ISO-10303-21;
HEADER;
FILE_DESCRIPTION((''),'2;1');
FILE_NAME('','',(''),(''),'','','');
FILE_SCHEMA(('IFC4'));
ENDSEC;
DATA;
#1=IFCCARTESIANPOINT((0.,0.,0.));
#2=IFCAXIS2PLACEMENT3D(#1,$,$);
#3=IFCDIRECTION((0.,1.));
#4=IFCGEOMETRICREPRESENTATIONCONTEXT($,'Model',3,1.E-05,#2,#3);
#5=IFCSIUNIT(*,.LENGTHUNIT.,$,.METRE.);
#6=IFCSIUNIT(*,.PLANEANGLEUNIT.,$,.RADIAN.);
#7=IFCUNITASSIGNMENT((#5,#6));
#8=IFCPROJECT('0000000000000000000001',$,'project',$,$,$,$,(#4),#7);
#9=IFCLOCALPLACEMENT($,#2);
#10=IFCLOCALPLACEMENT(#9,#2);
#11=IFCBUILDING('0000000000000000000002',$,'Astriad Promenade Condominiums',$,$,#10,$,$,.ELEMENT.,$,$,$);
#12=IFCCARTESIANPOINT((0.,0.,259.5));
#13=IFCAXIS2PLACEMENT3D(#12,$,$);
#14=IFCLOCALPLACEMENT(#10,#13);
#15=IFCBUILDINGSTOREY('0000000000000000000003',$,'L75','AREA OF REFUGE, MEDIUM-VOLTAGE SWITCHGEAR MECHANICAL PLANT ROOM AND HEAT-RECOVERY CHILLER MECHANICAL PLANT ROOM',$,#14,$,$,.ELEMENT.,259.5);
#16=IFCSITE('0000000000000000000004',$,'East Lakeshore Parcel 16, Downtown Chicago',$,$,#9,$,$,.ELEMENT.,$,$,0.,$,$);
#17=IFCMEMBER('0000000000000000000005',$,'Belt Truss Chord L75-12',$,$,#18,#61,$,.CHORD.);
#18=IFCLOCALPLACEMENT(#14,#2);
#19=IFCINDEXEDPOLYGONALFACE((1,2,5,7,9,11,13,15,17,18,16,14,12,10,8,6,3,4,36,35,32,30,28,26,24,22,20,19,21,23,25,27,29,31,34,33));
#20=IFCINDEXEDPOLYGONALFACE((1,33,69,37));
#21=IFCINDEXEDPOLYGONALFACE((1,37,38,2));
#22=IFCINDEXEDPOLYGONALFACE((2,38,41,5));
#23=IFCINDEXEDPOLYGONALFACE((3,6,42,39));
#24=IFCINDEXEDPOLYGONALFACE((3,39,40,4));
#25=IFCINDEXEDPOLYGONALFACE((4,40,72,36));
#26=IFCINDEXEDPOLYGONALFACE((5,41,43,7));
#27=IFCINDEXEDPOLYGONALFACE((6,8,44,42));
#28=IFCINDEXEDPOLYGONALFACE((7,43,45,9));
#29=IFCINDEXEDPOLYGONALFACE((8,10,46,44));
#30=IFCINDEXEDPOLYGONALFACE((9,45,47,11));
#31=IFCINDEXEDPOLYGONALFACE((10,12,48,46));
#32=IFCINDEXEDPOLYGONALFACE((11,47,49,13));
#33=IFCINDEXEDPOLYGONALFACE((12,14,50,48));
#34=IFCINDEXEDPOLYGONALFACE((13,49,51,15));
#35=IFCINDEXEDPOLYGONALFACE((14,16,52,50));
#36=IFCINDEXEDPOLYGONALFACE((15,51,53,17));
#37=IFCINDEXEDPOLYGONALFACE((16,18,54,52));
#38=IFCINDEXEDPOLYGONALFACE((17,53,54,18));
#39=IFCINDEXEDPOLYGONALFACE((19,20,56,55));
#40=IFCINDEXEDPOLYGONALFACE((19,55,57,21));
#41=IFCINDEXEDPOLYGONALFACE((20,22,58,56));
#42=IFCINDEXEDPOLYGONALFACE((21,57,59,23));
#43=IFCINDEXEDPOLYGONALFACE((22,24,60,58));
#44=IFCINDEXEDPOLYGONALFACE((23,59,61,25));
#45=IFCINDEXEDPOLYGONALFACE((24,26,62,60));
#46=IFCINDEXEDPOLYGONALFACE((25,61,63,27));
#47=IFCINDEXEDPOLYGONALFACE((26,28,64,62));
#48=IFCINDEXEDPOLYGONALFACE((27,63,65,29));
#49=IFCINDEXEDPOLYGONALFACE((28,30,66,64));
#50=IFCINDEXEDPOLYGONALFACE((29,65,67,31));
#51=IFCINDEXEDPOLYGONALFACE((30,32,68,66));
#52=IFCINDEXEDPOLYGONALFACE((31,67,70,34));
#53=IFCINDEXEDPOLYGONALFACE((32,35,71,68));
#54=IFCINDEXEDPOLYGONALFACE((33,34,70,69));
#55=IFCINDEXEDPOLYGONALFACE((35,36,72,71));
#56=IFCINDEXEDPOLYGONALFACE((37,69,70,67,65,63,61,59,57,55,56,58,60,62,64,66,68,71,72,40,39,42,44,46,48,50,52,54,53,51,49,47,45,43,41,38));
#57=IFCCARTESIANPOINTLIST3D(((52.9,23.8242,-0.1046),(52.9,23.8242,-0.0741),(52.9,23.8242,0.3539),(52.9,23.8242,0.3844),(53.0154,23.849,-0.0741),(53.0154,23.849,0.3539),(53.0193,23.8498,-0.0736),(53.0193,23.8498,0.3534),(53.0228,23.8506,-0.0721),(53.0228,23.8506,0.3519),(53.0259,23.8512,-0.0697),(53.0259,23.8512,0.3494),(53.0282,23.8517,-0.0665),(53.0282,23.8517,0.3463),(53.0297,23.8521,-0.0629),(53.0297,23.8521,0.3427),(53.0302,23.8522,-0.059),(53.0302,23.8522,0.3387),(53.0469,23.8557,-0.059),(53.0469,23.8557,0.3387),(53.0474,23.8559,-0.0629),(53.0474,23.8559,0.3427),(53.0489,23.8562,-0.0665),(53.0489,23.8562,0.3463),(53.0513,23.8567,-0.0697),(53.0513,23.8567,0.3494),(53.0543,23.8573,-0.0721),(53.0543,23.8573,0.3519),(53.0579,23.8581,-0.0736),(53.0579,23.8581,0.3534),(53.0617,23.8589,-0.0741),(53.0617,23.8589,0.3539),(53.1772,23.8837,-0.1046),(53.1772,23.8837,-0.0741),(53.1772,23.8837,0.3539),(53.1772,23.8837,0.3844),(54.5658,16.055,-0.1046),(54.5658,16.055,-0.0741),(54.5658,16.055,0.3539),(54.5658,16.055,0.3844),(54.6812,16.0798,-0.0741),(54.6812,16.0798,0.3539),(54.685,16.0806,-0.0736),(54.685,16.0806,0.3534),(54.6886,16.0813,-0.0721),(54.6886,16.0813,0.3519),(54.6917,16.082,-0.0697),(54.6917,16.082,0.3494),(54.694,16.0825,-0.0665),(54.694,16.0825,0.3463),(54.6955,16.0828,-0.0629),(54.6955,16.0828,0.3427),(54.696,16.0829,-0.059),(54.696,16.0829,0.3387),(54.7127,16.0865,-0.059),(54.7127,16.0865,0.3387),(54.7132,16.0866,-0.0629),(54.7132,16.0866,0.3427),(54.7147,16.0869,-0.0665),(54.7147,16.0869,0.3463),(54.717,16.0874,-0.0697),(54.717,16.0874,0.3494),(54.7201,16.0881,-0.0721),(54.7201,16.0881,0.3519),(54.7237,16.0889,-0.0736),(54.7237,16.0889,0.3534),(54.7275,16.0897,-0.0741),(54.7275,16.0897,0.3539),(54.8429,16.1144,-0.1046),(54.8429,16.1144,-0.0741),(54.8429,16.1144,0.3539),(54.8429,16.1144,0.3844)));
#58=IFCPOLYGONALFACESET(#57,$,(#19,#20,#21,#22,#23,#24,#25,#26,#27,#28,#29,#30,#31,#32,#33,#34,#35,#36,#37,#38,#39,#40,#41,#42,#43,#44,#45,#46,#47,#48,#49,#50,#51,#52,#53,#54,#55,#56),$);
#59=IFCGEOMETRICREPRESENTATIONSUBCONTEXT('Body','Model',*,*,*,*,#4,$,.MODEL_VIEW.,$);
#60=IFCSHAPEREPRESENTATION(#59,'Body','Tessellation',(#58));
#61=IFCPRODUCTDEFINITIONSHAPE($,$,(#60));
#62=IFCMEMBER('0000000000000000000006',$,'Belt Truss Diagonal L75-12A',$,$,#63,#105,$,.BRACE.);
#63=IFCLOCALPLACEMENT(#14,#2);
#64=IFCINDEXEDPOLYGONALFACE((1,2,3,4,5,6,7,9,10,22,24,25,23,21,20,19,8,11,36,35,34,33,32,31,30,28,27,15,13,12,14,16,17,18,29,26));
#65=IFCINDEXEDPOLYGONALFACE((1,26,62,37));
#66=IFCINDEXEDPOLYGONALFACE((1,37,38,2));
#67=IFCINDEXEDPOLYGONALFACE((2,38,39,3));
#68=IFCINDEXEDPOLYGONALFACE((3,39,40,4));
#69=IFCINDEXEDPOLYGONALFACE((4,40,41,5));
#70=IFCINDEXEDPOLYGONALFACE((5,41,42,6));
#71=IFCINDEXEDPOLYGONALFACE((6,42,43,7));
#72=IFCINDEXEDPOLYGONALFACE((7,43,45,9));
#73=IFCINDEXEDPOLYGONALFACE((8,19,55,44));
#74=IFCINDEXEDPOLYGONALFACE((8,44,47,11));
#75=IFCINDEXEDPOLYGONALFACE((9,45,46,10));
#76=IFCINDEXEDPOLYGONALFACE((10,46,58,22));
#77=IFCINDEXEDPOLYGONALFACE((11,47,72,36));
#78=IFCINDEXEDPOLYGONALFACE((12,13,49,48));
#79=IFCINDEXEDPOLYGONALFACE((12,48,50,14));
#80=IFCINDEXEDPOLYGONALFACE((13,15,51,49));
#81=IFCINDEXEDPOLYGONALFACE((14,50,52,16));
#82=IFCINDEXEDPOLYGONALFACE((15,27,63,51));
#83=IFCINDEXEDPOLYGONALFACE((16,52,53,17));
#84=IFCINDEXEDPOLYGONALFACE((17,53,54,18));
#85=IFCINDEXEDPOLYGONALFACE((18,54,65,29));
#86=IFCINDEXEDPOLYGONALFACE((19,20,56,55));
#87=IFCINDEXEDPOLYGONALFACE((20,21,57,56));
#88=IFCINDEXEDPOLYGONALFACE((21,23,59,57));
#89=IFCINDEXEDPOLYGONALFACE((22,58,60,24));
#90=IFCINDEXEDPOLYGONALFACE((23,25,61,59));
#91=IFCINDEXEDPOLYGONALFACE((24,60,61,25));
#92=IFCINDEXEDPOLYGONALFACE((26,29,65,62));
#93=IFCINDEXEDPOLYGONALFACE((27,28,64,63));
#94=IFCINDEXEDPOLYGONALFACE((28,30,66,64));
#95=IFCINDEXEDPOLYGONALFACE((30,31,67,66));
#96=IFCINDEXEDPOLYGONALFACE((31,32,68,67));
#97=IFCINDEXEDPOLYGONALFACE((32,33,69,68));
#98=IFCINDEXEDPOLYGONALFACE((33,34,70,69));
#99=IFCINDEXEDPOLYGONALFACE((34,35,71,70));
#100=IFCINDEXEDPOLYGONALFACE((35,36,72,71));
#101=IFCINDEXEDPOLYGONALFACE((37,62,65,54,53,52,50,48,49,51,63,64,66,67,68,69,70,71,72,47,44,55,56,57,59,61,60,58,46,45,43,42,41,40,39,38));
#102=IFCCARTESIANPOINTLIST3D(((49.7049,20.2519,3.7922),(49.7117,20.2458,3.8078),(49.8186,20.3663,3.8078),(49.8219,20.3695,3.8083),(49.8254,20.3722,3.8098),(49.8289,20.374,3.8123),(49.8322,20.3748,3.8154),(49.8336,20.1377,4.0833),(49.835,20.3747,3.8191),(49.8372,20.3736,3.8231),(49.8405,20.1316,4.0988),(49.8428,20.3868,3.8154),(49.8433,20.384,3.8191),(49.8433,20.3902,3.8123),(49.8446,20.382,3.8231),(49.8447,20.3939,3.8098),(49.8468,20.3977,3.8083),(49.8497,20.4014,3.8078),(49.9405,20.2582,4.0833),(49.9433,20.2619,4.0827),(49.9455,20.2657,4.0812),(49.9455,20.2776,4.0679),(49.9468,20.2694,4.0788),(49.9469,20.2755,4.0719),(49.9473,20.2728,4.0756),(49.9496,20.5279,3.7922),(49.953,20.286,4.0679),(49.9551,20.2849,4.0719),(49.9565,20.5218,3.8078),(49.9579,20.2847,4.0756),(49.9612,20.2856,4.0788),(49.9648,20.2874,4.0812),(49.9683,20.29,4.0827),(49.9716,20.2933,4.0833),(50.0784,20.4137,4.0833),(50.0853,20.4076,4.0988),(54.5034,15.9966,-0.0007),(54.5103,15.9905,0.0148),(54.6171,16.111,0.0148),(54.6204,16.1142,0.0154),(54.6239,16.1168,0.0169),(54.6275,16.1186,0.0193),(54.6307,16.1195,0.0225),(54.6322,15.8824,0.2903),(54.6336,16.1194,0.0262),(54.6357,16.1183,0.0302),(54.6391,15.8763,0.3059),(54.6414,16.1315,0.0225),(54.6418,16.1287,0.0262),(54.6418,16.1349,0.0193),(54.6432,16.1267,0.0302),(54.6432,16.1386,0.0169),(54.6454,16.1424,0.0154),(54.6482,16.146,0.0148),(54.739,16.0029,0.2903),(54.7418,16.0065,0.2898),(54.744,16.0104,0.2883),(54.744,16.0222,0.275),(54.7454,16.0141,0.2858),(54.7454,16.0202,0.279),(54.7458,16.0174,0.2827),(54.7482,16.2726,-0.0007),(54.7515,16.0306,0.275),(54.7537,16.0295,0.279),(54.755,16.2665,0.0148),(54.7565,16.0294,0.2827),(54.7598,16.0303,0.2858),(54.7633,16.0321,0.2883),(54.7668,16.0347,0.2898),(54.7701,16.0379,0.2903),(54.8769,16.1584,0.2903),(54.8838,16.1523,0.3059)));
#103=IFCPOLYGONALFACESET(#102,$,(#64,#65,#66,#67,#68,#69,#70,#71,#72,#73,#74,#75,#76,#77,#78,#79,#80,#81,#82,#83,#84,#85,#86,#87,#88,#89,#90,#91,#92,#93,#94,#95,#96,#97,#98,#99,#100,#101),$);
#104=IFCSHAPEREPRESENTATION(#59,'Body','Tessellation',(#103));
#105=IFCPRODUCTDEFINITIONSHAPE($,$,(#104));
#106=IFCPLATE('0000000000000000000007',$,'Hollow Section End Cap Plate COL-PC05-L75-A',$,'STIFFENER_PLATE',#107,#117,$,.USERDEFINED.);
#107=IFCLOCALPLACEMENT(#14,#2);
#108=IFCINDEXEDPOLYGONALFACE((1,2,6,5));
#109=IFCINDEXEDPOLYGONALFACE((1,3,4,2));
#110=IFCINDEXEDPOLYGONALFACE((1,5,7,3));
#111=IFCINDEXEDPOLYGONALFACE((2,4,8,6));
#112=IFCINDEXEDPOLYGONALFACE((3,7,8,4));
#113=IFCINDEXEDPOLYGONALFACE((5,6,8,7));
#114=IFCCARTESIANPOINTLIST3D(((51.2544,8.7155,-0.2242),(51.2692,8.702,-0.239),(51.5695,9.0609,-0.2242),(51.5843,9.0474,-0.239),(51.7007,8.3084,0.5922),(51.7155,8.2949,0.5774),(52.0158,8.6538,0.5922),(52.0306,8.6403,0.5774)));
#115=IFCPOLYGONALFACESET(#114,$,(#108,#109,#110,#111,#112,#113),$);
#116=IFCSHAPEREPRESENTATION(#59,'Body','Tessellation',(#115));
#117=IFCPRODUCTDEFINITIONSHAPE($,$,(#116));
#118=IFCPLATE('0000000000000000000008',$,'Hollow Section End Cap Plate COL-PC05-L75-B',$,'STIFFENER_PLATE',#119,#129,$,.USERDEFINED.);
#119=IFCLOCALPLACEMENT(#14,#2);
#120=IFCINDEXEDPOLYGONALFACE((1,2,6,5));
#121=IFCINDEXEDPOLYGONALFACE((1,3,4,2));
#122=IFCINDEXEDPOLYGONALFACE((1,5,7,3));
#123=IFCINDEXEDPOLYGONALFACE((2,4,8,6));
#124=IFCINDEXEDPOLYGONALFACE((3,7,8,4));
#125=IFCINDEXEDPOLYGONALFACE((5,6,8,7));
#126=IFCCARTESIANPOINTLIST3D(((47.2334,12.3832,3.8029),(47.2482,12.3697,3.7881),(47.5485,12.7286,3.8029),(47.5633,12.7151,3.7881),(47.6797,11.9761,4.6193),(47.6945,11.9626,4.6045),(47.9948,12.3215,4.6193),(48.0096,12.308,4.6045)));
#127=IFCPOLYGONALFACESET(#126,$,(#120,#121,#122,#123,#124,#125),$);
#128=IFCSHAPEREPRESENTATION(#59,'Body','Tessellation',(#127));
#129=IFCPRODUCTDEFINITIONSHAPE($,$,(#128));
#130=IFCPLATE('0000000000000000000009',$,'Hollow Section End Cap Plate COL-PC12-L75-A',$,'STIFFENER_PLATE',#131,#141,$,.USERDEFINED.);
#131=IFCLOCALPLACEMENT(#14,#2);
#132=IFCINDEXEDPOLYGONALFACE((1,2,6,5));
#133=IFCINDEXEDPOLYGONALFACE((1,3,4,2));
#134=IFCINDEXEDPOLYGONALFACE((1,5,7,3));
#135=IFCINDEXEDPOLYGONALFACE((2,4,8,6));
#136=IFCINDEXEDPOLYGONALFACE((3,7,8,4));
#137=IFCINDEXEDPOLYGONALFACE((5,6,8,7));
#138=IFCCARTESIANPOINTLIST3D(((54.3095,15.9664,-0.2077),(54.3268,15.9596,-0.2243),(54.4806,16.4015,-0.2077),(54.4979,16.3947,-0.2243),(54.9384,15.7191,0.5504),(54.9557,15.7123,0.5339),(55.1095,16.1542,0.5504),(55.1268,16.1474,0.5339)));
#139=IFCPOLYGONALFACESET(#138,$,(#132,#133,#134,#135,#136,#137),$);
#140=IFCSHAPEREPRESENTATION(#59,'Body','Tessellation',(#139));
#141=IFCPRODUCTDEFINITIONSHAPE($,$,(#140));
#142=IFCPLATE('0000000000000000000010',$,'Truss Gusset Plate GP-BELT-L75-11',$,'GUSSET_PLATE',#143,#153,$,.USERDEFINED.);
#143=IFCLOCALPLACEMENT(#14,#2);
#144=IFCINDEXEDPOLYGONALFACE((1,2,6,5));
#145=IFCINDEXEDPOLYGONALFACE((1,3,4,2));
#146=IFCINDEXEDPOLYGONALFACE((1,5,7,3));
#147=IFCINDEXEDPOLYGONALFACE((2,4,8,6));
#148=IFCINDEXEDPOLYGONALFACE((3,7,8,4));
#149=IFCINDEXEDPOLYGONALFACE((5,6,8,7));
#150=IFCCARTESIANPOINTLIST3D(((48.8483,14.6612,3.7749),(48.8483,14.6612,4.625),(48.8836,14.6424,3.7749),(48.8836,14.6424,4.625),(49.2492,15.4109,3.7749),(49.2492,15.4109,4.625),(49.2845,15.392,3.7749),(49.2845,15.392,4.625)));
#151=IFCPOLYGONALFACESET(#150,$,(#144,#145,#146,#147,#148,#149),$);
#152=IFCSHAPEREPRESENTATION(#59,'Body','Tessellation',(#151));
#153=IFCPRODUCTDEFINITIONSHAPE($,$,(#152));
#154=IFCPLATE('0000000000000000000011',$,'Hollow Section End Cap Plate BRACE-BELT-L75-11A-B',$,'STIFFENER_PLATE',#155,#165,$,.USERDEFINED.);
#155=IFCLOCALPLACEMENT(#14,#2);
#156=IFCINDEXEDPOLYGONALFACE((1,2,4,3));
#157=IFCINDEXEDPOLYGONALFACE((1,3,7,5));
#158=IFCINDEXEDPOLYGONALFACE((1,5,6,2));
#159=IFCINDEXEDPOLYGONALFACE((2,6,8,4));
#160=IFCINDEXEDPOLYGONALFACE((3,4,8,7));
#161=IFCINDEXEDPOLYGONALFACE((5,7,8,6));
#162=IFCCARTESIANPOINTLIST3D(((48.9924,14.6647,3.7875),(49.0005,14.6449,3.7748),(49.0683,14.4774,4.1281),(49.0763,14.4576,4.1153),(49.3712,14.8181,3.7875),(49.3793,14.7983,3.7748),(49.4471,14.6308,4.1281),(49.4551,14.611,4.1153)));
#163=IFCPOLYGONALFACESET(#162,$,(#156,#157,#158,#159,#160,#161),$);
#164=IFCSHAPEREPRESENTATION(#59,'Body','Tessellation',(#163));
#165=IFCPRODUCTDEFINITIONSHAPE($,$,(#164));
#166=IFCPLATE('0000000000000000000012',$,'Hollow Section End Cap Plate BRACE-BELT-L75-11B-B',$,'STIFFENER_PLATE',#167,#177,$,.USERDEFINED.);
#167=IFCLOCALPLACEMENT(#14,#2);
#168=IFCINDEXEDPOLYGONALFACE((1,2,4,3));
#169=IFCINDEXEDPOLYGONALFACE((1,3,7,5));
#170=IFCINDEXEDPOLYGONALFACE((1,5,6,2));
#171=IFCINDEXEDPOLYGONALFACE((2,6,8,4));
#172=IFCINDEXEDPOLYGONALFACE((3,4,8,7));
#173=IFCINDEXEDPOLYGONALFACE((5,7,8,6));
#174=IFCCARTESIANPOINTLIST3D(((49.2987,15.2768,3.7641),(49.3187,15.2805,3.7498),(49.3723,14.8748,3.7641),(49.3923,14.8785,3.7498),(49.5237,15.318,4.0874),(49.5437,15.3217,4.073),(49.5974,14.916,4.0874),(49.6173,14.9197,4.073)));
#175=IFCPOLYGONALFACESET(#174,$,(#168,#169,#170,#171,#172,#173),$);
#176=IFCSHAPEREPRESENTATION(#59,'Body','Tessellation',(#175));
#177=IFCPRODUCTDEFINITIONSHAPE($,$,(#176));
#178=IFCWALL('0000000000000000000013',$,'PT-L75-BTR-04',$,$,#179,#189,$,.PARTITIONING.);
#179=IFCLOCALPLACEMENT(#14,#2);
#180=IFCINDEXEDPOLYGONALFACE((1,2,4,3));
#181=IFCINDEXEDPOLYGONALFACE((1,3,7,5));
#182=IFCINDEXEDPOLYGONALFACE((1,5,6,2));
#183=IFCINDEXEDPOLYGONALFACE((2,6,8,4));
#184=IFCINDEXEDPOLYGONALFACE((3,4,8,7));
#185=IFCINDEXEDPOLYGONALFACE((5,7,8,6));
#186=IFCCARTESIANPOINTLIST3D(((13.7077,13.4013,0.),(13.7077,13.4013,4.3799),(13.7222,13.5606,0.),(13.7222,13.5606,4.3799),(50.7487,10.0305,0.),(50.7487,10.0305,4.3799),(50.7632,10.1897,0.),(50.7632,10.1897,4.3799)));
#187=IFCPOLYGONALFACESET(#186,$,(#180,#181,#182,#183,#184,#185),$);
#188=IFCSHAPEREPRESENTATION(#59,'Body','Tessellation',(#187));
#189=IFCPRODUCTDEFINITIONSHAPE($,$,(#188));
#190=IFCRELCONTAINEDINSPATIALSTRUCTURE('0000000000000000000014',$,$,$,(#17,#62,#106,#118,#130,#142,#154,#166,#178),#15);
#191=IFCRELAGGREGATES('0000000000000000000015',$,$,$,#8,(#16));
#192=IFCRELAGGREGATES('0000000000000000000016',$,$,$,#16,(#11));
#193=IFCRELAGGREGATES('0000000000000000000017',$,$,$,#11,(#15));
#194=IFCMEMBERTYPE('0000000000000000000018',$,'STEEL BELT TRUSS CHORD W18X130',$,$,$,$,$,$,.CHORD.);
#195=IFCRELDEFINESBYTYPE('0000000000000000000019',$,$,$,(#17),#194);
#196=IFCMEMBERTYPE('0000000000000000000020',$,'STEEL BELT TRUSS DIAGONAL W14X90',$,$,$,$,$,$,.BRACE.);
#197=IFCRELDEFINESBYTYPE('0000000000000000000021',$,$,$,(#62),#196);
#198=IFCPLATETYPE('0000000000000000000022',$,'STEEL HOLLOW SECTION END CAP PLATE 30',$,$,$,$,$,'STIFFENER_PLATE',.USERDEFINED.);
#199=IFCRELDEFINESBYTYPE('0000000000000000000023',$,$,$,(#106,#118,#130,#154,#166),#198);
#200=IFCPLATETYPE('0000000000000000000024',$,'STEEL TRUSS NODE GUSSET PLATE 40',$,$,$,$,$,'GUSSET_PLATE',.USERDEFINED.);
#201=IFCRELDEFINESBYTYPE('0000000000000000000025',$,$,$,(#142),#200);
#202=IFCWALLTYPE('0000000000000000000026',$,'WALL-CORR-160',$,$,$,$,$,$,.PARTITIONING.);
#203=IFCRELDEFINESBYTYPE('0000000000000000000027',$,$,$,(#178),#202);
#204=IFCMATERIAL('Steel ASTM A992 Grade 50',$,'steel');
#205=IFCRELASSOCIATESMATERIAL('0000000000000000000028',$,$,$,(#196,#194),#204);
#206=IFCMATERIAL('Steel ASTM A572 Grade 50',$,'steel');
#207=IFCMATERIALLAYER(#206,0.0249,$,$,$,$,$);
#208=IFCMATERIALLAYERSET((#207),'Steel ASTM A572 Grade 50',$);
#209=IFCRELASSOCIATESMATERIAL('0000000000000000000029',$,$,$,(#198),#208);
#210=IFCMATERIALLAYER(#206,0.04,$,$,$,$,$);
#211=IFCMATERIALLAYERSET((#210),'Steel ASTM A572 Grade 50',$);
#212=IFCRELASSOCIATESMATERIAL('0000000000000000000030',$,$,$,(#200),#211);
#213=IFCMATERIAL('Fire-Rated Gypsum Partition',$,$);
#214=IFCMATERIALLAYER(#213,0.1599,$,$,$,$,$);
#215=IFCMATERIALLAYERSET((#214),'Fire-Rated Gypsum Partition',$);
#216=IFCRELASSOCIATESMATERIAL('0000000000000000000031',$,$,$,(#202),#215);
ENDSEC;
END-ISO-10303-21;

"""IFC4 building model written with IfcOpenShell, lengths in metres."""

from ifc_helpers import new_model, si_unit, direction, frame, frame_2d, origin, origin_2d, place, context, subcontext, project, spatial, rectangle, i_section, extrude, source, transform, mapped, material, layer, layer_set, material_profile, profile_set, type_object, type_shapes, element, save


model = new_model("IFC4")

# Units and contexts
model_context = context("Model", 3, precision=1e-05, world=origin(), true_north=direction((0.0, 1.0)))
body_context = subcontext(model_context, "Body", "Model", "MODEL_VIEW")
ifc_project = project(units=[si_unit("LENGTHUNIT", "METRE"), si_unit("PLANEANGLEUNIT", "RADIAN")], contexts=[model_context])

# Site, building, storey
site_placement = place(None, origin())
site = spatial("IfcSite", under=ifc_project, at=site_placement, Name="East Lakeshore Parcel 16, Downtown Chicago", CompositionType="ELEMENT", RefElevation=0.0)
building_placement = place(site_placement, origin())
building = spatial("IfcBuilding", under=site, at=building_placement, Name="Astriad Promenade Condominiums", CompositionType="ELEMENT")
storey_placement = place(building_placement, frame((0.0, 0.0, 259.5)))
storey = spatial("IfcBuildingStorey", under=building, at=storey_placement, Name="L75", Description="AREA OF REFUGE, MEDIUM-VOLTAGE SWITCHGEAR MECHANICAL PLANT ROOM AND HEAT-RECOVERY CHILLER MECHANICAL PLANT ROOM", CompositionType="ELEMENT", Elevation=259.5)

# Shared definitions
ifc_material_1 = material(Name="Steel ASTM A992 Grade 50", Category="steel")

# Members
ifc_material_profile_1 = material_profile(ifc_material_1, i_section(OverallWidth=0.3689, OverallDepth=0.3562, WebThickness=0.0112, FlangeThickness=0.0181, FilletRadius=0.0178, at=origin_2d()), Name="W14X90")
ifc_profile_set_1 = profile_set([ifc_material_profile_1], Name="Steel ASTM A992 Grade 50")
member_type_1 = type_object("IfcMemberType", Name="STEEL BELT TRUSS DIAGONAL W14X90", PredefinedType="BRACE", material=ifc_profile_set_1)
ifc_material_profile_2 = material_profile(ifc_material_1, i_section(OverallWidth=0.2834, OverallDepth=0.489, WebThickness=0.0171, FlangeThickness=0.0305, FilletRadius=0.0151, at=origin_2d()), Name="W18X130")
ifc_profile_set_2 = profile_set([ifc_material_profile_2], Name="Steel ASTM A992 Grade 50")
member_type_2 = type_object("IfcMemberType", Name="STEEL BELT TRUSS CHORD W18X130", PredefinedType="CHORD", material=ifc_profile_set_2)
shared_shape_1 = source(origin(), body_context, "Body", "SweptSolid", [
    extrude(i_section(OverallWidth=0.2834, OverallDepth=0.489, WebThickness=0.0171, FlangeThickness=0.0305, FilletRadius=0.0151, at=origin_2d()), origin(), (0.0, 0.0, 1.0), 7.9458),
])
member_1_placement = place(storey_placement, frame((54.7043, 16.0847, 0.1399), z_axis=(-0.20964, 0.977779, 0.0), x_axis=(-0.977779, -0.20964, 0.0)))
element("IfcMember", 1, at=member_1_placement, inside=storey, type_object=member_type_2, Name="Belt Truss Chord L75-12", PredefinedType="CHORD", context=body_context, shape_type="MappedRepresentation", body=[
    mapped(shared_shape_1, transform((0.0, 0.0, 0.0), scale=1.0)),
])
shared_shape_2 = source(origin(), body_context, "Body", "SweptSolid", [
    extrude(i_section(OverallWidth=0.3689, OverallDepth=0.3562, WebThickness=0.0112, FlangeThickness=0.0181, FilletRadius=0.0178, at=origin_2d()), origin(), (0.0, 0.0, 1.0), 7.4512),
])
member_2_placement = place(storey_placement, frame((54.6936, 16.0745, 0.1526), z_axis=(-0.643997, 0.571095, 0.509038), x_axis=(-0.663489, -0.748186, 0.0)))
element("IfcMember", 2, at=member_2_placement, inside=storey, type_object=member_type_1, Name="Belt Truss Diagonal L75-12A", PredefinedType="BRACE", context=body_context, shape_type="MappedRepresentation", body=[
    mapped(shared_shape_2, transform((0.0, 0.0, 0.0), scale=1.0)),
])

# Plates
ifc_material_2 = material(Name="Steel ASTM A572 Grade 50", Category="steel")
ifc_layer_1 = layer(ifc_material_2, 0.0249)
ifc_layer_set_1 = layer_set([ifc_layer_1], Name="Steel ASTM A572 Grade 50")
plate_type_1 = type_object("IfcPlateType", Name="STEEL HOLLOW SECTION END CAP PLATE 30", ElementType="STIFFENER_PLATE", PredefinedType="USERDEFINED", material=ifc_layer_set_1)
shared_shape_3 = source(origin(), body_context, "Body", "SweptSolid", [
    extrude(rectangle(XDim=0.4675, YDim=1.0156, at=origin_2d()), origin(), (0.0, 0.0, 1.0), 0.0249),
])
for number, where, z_axis, x_axis, name in (
    (3, (51.6499, 8.6711, 0.1692), (-0.593915, 0.541731, 0.594804), (-0.673904, -0.738819, 0.0), "Hollow Section End Cap Plate COL-PC05-L75-A"),
    (4, (47.6289, 12.3389, 4.1963), (-0.593915, 0.541731, 0.594804), (-0.673904, -0.738819, 0.0), "Hollow Section End Cap Plate COL-PC05-L75-B"),
    (5, (54.7268, 16.0535, 0.1548), (-0.694691, 0.273172, 0.665418), (-0.365952, -0.930634, 0.0), "Hollow Section End Cap Plate COL-PC12-L75-A"),
):
    element("IfcPlate", number, at=place(storey_placement, frame(where, z_axis=z_axis, x_axis=x_axis)), inside=storey, type_object=plate_type_1, Name=name, ObjectType="STIFFENER_PLATE", PredefinedType="USERDEFINED", context=body_context, shape_type="MappedRepresentation", body=[
        mapped(shared_shape_3, transform((0.0, 0.0, 0.0), scale=1.0)),
    ])
ifc_layer_2 = layer(ifc_material_2, 0.04)
ifc_layer_set_2 = layer_set([ifc_layer_2], Name="Steel ASTM A572 Grade 50")
plate_type_2 = type_object("IfcPlateType", Name="STEEL TRUSS NODE GUSSET PLATE 40", ElementType="GUSSET_PLATE", PredefinedType="USERDEFINED", material=ifc_layer_set_2)
shared_shape_4 = source(origin(), body_context, "Body", "SweptSolid", [
    extrude(rectangle(XDim=0.8501, YDim=0.04, at=origin_2d()), origin(), (0.0, 0.0, 1.0), 0.8501),
])
type_shapes(plate_type_2, [shared_shape_4])
plate_placement = place(storey_placement, frame((49.0664, 15.0266, 3.7749), z_axis=(0.0, 0.0, 1.0), x_axis=(0.471628, 0.881798, 0.0)))
element("IfcPlate", 6, at=plate_placement, inside=storey, type_object=plate_type_2, Name="Truss Gusset Plate GP-BELT-L75-11", ObjectType="GUSSET_PLATE", PredefinedType="USERDEFINED", context=body_context, shape_type="MappedRepresentation", body=[
    mapped(shared_shape_4, transform((0.0, 0.0, 0.0), scale=1.0)),
])
shared_shape_5 = source(origin(), body_context, "Body", "SweptSolid", [
    extrude(rectangle(XDim=0.4087, YDim=0.396, at=origin_2d()), origin(), (0.0, 0.0, 1.0), 0.0249),
])
type_shapes(plate_type_1, [shared_shape_3, shared_shape_5])
for number, where, z_axis, x_axis, name in (
    (7, (49.2278, 14.6279, 3.9451), (-0.322855, 0.797098, 0.510294), (-0.926858, -0.375412, 0.0), "Hollow Section End Cap Plate BRACE-BELT-L75-11A-B"),
    (8, (49.468, 15.1001, 3.9114), (-0.802904, -0.14708, 0.577679), (0.180187, -0.983632, 0.0), "Hollow Section End Cap Plate BRACE-BELT-L75-11B-B"),
):
    element("IfcPlate", number, at=place(storey_placement, frame(where, z_axis=z_axis, x_axis=x_axis)), inside=storey, type_object=plate_type_1, Name=name, ObjectType="STIFFENER_PLATE", PredefinedType="USERDEFINED", context=body_context, shape_type="MappedRepresentation", body=[
        mapped(shared_shape_5, transform((0.0, 0.0, 0.0), scale=1.0)),
    ])

# Wall
ifc_material_3 = material(Name="Fire-Rated Gypsum Partition")
ifc_layer_3 = layer(ifc_material_3, 0.1599)
ifc_layer_set_3 = layer_set([ifc_layer_3], Name="Fire-Rated Gypsum Partition")
wall_type_1 = type_object("IfcWallType", Name="WALL-CORR-160", PredefinedType="PARTITIONING", material=ifc_layer_set_3)
wall_1_placement = place(storey_placement, frame((50.7561, 10.1101, 0.0), z_axis=(0.0, 0.0, 1.0), x_axis=(-0.995885, 0.090629, 0.0)))
element("IfcWall", 9, at=wall_1_placement, inside=storey, type_object=wall_type_1, Name="PT-L75-BTR-04", PredefinedType="PARTITIONING", context=body_context, shape_type="SweptSolid", body=[
    extrude(rectangle(XDim=37.1941, YDim=0.1599, at=frame_2d((18.5972, 0.0))), origin(), (0.0, 0.0, 1.0), 4.3799),
])

save(model, "model.ifc")
